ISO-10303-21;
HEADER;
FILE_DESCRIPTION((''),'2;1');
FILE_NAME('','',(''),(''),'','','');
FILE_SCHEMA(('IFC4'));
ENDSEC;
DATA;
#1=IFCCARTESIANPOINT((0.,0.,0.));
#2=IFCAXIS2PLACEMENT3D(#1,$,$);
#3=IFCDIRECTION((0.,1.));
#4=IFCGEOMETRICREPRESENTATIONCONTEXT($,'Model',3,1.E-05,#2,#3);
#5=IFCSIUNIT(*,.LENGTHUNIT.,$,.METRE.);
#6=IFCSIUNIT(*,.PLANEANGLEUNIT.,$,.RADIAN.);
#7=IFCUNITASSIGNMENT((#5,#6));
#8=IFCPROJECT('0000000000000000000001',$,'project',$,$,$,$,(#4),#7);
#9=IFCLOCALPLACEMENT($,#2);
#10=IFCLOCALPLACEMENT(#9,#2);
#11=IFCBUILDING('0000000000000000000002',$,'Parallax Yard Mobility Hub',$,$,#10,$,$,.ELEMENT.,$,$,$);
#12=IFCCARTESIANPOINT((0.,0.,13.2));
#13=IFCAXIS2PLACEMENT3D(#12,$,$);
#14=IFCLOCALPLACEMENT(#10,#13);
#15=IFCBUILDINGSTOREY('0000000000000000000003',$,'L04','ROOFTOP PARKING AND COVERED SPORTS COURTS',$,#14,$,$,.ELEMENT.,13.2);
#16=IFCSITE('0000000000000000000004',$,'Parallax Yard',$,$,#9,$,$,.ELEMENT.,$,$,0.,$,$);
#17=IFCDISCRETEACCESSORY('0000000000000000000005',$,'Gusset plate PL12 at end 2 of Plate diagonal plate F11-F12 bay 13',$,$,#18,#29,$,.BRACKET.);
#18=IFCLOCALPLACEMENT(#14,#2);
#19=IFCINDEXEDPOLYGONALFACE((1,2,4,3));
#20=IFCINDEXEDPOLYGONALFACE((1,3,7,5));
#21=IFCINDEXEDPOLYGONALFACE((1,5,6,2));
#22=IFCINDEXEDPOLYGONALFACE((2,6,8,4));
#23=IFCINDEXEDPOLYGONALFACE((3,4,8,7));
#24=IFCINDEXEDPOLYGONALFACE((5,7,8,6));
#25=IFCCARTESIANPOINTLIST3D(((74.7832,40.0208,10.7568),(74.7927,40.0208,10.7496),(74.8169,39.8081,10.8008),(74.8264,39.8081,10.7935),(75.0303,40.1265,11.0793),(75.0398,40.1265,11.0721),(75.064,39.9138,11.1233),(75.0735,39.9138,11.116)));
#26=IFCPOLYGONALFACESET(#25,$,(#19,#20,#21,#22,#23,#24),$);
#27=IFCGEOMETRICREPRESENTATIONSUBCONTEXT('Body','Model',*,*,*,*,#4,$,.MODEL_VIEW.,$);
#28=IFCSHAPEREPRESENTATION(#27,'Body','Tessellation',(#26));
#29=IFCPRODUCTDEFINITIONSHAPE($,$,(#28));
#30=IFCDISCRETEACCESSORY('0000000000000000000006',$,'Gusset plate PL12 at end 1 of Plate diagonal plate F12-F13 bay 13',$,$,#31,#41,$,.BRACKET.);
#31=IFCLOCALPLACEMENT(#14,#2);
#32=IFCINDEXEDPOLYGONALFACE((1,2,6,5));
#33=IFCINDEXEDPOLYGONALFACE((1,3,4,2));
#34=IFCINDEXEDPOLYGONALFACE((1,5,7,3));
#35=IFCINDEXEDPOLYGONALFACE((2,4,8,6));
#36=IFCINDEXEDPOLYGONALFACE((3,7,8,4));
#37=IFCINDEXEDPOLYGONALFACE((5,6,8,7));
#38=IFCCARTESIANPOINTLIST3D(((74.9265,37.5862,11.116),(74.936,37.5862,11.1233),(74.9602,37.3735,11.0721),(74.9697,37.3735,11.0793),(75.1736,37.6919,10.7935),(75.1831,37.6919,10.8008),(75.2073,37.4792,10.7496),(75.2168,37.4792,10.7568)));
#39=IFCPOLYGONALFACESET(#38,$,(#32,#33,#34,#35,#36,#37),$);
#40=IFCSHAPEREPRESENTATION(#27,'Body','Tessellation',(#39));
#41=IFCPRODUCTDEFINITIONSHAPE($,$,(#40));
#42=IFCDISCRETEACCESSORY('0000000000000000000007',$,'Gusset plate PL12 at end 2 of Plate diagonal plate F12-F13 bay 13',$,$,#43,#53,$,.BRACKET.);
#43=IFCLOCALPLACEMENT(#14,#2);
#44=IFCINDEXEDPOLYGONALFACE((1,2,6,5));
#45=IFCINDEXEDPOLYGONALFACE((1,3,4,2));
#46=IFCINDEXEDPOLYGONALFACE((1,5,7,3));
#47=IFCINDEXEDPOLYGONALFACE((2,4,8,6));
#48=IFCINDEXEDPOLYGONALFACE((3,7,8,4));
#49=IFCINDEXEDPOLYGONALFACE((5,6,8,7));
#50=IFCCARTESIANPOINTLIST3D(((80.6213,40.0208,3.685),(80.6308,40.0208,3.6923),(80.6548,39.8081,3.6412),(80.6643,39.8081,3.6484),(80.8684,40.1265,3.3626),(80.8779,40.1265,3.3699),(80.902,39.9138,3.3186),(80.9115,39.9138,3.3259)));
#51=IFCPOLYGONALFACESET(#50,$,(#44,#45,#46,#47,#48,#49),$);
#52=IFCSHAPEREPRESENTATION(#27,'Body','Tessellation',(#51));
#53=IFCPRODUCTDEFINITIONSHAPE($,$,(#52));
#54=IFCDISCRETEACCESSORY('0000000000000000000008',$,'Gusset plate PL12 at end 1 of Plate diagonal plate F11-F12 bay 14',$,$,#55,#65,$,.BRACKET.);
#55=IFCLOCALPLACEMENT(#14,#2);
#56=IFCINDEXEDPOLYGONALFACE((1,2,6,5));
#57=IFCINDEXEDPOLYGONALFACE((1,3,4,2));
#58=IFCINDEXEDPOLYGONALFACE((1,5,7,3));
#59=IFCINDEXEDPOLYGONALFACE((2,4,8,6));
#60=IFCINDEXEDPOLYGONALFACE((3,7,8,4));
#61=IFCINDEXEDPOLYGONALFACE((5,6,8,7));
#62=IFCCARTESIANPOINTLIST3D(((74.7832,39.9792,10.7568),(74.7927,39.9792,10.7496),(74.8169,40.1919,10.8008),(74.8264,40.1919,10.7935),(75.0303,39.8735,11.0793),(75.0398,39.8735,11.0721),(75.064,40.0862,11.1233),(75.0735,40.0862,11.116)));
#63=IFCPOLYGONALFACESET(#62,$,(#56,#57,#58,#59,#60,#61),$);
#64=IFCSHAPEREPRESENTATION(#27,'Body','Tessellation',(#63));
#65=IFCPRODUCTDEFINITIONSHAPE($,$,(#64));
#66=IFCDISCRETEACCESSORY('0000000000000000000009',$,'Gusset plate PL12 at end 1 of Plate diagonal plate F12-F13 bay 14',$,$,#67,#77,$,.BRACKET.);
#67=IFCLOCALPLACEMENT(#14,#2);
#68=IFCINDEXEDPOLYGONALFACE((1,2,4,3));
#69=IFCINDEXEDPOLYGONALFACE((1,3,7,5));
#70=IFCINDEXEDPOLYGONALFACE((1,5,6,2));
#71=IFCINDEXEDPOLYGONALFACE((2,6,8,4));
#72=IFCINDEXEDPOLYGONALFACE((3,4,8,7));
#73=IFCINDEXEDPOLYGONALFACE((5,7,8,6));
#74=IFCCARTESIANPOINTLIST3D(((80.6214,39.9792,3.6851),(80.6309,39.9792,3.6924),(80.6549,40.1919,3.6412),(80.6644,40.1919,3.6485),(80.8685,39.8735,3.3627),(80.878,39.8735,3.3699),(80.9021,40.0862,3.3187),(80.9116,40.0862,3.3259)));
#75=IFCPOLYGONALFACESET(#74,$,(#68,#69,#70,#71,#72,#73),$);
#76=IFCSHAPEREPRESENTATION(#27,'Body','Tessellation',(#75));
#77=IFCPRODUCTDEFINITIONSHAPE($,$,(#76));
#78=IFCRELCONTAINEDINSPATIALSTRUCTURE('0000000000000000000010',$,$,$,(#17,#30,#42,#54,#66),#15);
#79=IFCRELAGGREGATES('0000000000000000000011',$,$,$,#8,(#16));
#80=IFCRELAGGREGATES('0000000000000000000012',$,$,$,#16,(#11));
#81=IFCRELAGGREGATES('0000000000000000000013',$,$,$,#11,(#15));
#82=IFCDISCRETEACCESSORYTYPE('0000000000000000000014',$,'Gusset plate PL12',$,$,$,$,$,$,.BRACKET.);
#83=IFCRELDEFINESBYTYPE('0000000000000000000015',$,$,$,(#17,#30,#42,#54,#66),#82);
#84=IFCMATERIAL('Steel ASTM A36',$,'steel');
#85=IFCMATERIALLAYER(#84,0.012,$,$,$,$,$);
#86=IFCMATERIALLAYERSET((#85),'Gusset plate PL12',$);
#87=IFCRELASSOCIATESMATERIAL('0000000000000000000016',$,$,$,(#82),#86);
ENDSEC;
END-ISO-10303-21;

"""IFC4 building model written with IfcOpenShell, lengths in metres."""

from ifc_helpers import new_model, si_unit, direction, frame, origin, place, context, subcontext, project, spatial, polyline, outline, extrude, material, layer, layer_set, type_object, element, save


model = new_model("IFC4")

# Units and contexts
model_context = context("Model", 3, precision=1e-05, world=origin(), true_north=direction((0.0, 1.0)))
body_context = subcontext(model_context, "Body", "Model", "MODEL_VIEW")
ifc_project = project(units=[si_unit("LENGTHUNIT", "METRE"), si_unit("PLANEANGLEUNIT", "RADIAN")], contexts=[model_context])

# Site, building, storey
site_placement = place(None, origin())
site = spatial("IfcSite", under=ifc_project, at=site_placement, Name="Parallax Yard", CompositionType="ELEMENT", RefElevation=0.0)
building_placement = place(site_placement, origin())
building = spatial("IfcBuilding", under=site, at=building_placement, Name="Parallax Yard Mobility Hub", CompositionType="ELEMENT")
storey_placement = place(building_placement, frame((0.0, 0.0, 13.2)))
storey = spatial("IfcBuildingStorey", under=building, at=storey_placement, Name="L04", Description="ROOFTOP PARKING AND COVERED SPORTS COURTS", CompositionType="ELEMENT", Elevation=13.2)

# Discrete accessories
ifc_material_1 = material(Name="Steel ASTM A36", Category="steel")
ifc_layer = layer(ifc_material_1, 0.012)
ifc_layer_set = layer_set([ifc_layer], Name="Gusset plate PL12")
discrete_accessory_type = type_object("IfcDiscreteAccessoryType", Name="Gusset plate PL12", PredefinedType="BRACKET", material=ifc_layer_set)
for number, where, z_axis, x_axis, name in (
    (1, (74.8169, 39.8081, 10.8008), (-0.793815, -0.000089, 0.60816), (0.588544, 0.251818, 0.768247), "Gusset plate PL12 at end 2 of Plate diagonal plate F11-F12 bay 13"),
    (2, (75.1831, 37.6919, 10.8008), (0.793815, 0.000089, 0.60816), (-0.588544, -0.251818, 0.768247), "Gusset plate PL12 at end 1 of Plate diagonal plate F12-F13 bay 13"),
):
    element("IfcDiscreteAccessory", number, at=place(storey_placement, frame(where, z_axis=z_axis, x_axis=x_axis)), inside=storey, type_object=discrete_accessory_type, Name=name, PredefinedType="BRACKET", context=body_context, shape_type="SweptSolid", body=[
        extrude(outline(polyline([(0.0, 0.0), (0.4198, 0.0), (0.4198, 0.2197), (0.0, 0.2197), (0.0, 0.0)])), origin(), (0.0, 0.0, -1.0), 0.012),
    ])
discrete_accessory_1_placement = place(storey_placement, frame((80.6643, 39.8081, 3.6484), z_axis=(0.793746, -0.000396, 0.608249), x_axis=(0.588741, 0.251732, -0.768125)))
element("IfcDiscreteAccessory", 3, at=discrete_accessory_1_placement, inside=storey, type_object=discrete_accessory_type, Name="Gusset plate PL12 at end 2 of Plate diagonal plate F12-F13 bay 13", PredefinedType="BRACKET", context=body_context, shape_type="SweptSolid", body=[
    extrude(outline(polyline([(0.0, 0.0), (0.4199, 0.0), (0.4199, 0.2197), (0.0001, 0.2197), (0.0, 0.0)])), origin(), (0.0, 0.0, -1.0), 0.012),
])
discrete_accessory_2_placement = place(storey_placement, frame((74.7832, 39.9792, 10.7568), z_axis=(-0.793815, 0.000089, 0.60816), x_axis=(0.588544, -0.251818, 0.768247)))
element("IfcDiscreteAccessory", 4, at=discrete_accessory_2_placement, inside=storey, type_object=discrete_accessory_type, Name="Gusset plate PL12 at end 1 of Plate diagonal plate F11-F12 bay 14", PredefinedType="BRACKET", context=body_context, shape_type="SweptSolid", body=[
    extrude(outline(polyline([(0.0, 0.0), (0.4198, 0.0), (0.4198, 0.2197), (0.0, 0.2197), (0.0, 0.0)])), origin(), (0.0, 0.0, -1.0), 0.012),
])
discrete_accessory_3_placement = place(storey_placement, frame((80.6309, 39.9792, 3.6924), z_axis=(0.793746, 0.000396, 0.608249), x_axis=(0.588727, -0.251818, -0.768107)))
element("IfcDiscreteAccessory", 5, at=discrete_accessory_3_placement, inside=storey, type_object=discrete_accessory_type, Name="Gusset plate PL12 at end 1 of Plate diagonal plate F12-F13 bay 14", PredefinedType="BRACKET", context=body_context, shape_type="SweptSolid", body=[
    extrude(outline(polyline([(0.0, 0.0), (0.4198, 0.0), (0.4198, 0.2197), (-0.0001, 0.2197), (0.0, 0.0)])), origin(), (0.0, 0.0, -1.0), 0.012),
])

save(model, "model.ifc")
